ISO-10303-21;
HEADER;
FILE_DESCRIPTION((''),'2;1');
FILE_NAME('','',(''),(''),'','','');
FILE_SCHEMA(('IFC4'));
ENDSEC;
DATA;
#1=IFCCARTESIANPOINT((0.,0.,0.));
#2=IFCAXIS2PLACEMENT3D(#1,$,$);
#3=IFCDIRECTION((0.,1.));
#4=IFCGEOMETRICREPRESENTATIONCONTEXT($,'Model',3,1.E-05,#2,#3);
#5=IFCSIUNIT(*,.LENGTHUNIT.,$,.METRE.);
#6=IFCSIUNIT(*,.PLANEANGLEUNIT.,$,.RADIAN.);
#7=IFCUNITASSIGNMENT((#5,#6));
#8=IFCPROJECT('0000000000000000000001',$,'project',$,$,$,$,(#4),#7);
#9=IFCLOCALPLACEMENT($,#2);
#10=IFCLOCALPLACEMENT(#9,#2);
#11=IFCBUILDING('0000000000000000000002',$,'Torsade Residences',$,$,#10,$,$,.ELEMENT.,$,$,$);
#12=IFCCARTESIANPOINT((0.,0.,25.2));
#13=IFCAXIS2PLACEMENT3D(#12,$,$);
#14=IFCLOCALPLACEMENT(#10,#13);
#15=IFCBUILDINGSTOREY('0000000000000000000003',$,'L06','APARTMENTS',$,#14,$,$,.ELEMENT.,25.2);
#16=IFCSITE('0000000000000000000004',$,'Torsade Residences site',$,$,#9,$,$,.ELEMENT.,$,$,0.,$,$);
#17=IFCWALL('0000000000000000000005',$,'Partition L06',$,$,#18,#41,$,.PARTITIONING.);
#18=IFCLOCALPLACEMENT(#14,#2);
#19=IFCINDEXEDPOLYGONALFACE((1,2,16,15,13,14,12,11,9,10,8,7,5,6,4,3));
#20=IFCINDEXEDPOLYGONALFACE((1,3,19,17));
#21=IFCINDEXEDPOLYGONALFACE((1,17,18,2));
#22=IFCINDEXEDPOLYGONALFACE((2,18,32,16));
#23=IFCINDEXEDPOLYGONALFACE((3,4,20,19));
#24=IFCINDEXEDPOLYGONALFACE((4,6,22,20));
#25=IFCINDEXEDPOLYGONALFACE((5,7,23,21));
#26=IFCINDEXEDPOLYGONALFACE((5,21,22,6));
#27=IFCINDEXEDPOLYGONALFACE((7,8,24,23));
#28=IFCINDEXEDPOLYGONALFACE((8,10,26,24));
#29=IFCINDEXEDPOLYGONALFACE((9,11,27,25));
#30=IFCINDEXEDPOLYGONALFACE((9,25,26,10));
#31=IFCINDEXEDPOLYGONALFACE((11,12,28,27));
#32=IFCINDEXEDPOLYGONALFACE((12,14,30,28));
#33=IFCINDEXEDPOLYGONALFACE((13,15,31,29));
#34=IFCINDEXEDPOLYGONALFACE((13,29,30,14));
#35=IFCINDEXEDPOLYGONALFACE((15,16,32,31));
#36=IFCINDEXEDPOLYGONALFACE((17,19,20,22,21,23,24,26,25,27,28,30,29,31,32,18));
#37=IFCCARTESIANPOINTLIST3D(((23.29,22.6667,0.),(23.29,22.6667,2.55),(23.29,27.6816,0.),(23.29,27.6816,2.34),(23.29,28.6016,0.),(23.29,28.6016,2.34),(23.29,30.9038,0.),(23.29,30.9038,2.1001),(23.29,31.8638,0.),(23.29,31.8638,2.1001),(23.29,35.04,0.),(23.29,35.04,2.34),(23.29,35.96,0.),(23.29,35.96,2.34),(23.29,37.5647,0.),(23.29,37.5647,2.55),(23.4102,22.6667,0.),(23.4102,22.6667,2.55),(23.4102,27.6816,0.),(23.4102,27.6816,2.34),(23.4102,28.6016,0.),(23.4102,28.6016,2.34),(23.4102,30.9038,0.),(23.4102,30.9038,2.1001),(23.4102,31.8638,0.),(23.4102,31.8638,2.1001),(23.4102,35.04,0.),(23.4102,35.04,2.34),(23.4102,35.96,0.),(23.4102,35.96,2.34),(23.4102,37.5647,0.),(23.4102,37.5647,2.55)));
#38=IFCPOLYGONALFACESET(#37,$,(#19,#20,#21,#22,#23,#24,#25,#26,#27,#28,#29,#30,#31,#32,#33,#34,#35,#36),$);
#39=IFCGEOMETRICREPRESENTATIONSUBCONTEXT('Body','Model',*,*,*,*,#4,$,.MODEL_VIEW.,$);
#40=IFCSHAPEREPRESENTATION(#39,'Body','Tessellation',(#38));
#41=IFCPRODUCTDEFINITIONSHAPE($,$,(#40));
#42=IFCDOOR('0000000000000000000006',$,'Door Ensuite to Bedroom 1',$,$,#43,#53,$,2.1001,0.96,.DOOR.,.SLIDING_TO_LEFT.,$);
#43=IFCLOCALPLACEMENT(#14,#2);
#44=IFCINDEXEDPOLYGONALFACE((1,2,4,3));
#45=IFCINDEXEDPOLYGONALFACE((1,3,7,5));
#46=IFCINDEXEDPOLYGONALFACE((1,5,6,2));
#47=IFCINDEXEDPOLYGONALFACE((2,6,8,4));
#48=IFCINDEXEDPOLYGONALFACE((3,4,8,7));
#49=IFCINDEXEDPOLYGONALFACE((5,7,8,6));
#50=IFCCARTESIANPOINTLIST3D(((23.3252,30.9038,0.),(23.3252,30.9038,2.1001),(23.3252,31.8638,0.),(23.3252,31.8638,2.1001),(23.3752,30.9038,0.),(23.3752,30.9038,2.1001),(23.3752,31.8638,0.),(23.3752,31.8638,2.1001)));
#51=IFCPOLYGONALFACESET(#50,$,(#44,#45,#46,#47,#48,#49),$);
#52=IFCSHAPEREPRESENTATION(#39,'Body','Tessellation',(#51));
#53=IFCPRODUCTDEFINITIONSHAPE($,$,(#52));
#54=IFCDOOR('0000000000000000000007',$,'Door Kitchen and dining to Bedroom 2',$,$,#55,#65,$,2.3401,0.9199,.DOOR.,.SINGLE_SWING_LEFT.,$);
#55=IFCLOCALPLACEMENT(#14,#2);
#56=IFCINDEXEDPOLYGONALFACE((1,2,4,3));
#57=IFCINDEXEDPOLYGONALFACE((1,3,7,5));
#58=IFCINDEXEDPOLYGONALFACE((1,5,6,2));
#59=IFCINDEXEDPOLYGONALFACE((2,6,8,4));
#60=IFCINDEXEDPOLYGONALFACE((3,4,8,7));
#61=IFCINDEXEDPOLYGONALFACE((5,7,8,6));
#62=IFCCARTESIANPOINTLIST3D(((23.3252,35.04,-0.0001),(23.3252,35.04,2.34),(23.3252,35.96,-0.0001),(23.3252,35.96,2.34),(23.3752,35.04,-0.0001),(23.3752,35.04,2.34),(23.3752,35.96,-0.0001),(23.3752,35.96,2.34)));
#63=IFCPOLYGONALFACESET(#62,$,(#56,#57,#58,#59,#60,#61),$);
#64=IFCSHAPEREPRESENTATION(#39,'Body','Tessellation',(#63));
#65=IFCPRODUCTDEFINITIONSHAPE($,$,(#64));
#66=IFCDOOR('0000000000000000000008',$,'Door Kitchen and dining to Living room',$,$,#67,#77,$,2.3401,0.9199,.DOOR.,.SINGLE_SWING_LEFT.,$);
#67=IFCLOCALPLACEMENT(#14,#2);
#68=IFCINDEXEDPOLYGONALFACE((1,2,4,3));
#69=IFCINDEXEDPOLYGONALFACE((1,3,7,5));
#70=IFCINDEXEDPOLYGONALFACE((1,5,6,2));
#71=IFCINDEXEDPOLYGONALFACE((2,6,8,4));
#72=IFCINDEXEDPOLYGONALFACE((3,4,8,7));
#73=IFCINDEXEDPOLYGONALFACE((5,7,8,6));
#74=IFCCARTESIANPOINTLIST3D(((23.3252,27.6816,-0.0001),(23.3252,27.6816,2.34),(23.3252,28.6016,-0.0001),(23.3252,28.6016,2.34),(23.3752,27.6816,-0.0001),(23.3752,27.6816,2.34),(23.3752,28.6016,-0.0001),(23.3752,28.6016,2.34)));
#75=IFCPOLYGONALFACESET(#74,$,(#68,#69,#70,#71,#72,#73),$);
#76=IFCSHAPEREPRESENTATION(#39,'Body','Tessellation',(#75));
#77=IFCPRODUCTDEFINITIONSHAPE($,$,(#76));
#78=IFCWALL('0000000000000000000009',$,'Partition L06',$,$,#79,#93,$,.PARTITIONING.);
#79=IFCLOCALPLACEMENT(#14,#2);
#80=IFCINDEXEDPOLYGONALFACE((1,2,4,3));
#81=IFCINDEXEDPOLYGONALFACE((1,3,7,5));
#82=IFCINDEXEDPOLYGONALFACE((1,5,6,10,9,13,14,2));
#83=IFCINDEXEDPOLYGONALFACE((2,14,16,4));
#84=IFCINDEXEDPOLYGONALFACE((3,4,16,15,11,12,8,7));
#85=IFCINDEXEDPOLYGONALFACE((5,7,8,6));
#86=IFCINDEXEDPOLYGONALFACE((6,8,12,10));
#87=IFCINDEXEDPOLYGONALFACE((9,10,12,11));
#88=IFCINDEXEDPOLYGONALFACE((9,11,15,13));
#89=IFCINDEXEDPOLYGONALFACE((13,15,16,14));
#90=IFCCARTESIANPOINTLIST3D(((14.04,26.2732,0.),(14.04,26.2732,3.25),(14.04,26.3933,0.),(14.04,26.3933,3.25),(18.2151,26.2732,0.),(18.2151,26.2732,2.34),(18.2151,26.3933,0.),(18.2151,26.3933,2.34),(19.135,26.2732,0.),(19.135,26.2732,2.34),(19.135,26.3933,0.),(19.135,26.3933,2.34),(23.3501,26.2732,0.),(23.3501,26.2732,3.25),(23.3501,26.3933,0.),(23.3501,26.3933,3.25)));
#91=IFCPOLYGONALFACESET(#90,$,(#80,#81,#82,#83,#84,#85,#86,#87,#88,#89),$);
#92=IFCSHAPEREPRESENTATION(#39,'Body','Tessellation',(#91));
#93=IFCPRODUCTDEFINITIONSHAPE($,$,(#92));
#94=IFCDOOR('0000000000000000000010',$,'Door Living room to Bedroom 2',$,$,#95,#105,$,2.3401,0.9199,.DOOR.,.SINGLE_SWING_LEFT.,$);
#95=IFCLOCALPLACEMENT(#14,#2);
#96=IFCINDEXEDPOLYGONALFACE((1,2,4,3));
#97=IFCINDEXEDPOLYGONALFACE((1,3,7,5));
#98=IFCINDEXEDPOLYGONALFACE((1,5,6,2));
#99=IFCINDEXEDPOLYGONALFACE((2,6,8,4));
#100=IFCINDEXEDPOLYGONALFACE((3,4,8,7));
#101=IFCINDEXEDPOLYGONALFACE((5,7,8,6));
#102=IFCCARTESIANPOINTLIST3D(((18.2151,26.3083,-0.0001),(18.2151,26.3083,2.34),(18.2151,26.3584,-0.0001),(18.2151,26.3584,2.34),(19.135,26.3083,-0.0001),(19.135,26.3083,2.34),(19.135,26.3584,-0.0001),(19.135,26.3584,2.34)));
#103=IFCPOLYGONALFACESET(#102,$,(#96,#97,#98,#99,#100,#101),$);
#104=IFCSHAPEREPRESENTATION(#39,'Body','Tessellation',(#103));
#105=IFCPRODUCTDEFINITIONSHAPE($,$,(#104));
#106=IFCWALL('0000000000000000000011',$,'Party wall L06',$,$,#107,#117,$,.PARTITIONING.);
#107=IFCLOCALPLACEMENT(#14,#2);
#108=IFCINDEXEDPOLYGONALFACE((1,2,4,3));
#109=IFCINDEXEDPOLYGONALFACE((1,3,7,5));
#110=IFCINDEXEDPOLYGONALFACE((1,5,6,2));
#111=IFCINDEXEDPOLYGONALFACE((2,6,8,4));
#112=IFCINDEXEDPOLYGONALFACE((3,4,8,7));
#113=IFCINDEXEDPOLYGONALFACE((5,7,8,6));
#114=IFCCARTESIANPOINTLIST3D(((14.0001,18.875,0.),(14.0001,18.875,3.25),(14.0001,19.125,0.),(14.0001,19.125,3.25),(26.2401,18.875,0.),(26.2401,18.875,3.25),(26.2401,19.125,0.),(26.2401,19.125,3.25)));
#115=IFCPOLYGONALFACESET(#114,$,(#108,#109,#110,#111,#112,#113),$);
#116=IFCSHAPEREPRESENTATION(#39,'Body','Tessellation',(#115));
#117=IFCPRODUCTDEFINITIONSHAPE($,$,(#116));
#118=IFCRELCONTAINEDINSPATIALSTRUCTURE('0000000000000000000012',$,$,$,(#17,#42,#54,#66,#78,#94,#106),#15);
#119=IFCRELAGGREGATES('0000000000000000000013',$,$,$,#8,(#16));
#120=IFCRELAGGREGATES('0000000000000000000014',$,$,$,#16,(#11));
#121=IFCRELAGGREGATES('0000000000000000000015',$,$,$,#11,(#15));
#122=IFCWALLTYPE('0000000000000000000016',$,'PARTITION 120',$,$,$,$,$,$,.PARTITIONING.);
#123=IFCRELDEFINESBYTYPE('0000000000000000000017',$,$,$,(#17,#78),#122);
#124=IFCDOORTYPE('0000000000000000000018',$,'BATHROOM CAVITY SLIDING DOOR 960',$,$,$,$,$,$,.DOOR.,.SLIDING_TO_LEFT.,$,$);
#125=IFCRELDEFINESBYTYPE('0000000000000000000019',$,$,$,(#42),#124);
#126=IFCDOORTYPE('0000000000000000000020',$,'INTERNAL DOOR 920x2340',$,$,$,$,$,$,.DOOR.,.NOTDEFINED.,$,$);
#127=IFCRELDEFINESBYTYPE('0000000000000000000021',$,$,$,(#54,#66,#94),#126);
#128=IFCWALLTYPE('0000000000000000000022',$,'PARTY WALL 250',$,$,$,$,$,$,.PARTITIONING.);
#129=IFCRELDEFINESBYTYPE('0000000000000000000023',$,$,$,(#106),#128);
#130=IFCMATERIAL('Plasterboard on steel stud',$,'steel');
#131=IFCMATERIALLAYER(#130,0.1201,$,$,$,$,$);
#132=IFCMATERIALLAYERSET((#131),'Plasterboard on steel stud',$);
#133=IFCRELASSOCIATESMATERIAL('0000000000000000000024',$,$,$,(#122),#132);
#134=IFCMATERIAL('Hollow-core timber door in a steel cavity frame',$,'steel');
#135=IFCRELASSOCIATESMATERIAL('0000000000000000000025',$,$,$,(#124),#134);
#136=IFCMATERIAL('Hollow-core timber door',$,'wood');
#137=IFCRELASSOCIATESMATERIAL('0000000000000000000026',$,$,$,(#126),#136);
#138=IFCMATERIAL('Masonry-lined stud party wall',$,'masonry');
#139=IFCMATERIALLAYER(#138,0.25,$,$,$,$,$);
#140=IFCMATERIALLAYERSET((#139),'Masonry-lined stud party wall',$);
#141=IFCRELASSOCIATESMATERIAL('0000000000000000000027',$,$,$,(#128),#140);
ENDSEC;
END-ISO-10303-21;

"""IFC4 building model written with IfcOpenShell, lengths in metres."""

from ifc_helpers import new_model, si_unit, direction, frame, frame_2d, origin, place, context, subcontext, project, spatial, rectangle, extrude, material, layer, layer_set, type_object, element, fill, save


model = new_model("IFC4")

# Units and contexts
model_context = context("Model", 3, precision=1e-05, world=origin(), true_north=direction((0.0, 1.0)))
body_context = subcontext(model_context, "Body", "Model", "MODEL_VIEW")
ifc_project = project(units=[si_unit("LENGTHUNIT", "METRE"), si_unit("PLANEANGLEUNIT", "RADIAN")], contexts=[model_context])

# Site, building, storey
site_placement = place(None, origin())
site = spatial("IfcSite", under=ifc_project, at=site_placement, Name="Torsade Residences site", CompositionType="ELEMENT", RefElevation=0.0)
building_placement = place(site_placement, origin())
building = spatial("IfcBuilding", under=site, at=building_placement, Name="Torsade Residences", CompositionType="ELEMENT")
storey_placement = place(building_placement, frame((0.0, 0.0, 25.2)))
storey = spatial("IfcBuildingStorey", under=building, at=storey_placement, Name="L06", Description="APARTMENTS", CompositionType="ELEMENT", Elevation=25.2)

# Wall, openings, doors
ifc_material_1 = material(Name="Plasterboard on steel stud", Category="steel")
ifc_layer_1 = layer(ifc_material_1, 0.1201)
ifc_layer_set_1 = layer_set([ifc_layer_1], Name="Plasterboard on steel stud")
wall_type_1 = type_object("IfcWallType", Name="PARTITION 120", PredefinedType="PARTITIONING", material=ifc_layer_set_1)
wall_1_placement = place(storey_placement, frame((23.3501, 22.6667, 0.0), z_axis=(0.0, 0.0, 1.0), x_axis=(0.0, 1.0, 0.0)))
wall_1 = element("IfcWall", 1, at=wall_1_placement, inside=storey, type_object=wall_type_1, Name="Partition L06", PredefinedType="PARTITIONING", context=body_context, shape_type="SweptSolid", body=[
    extrude(rectangle(XDim=14.8979, YDim=0.1201, at=frame_2d((7.449, 0.0))), origin(), (0.0, 0.0, 1.0), 2.55),
])
opening_1_placement = place(wall_1_placement, frame((12.3733, 0.0, 0.0)))
opening_1 = element("IfcOpeningElement", 2, at=opening_1_placement, cuts=wall_1, PredefinedType="OPENING", context=body_context, shape_type="SweptSolid", body=[
    extrude(rectangle(XDim=0.9199, YDim=2.3401, at=frame_2d((0.46, 1.1699))), frame((0.0, 0.0701, 0.0), z_axis=(0.0, -1.0, 0.0), x_axis=(1.0, 0.0, 0.0)), (0.0, 0.0, 1.0), 0.1401),
])
opening_2_placement = place(wall_1_placement, frame((5.0149, 0.0, 0.0)))
opening_2 = element("IfcOpeningElement", 3, at=opening_2_placement, cuts=wall_1, PredefinedType="OPENING", context=body_context, shape_type="SweptSolid", body=[
    extrude(rectangle(XDim=0.9199, YDim=2.3401, at=frame_2d((0.46, 1.1699))), frame((0.0, 0.0701, 0.0), z_axis=(0.0, -1.0, 0.0), x_axis=(1.0, 0.0, 0.0)), (0.0, 0.0, 1.0), 0.1401),
])
opening_3_placement = place(wall_1_placement, frame((8.2371, 0.0, 0.0)))
opening_3 = element("IfcOpeningElement", 4, at=opening_3_placement, cuts=wall_1, PredefinedType="OPENING", context=body_context, shape_type="SweptSolid", body=[
    extrude(rectangle(XDim=0.96, YDim=2.1001, at=frame_2d((0.48, 1.05))), frame((0.0, 0.0701, 0.0), z_axis=(0.0, -1.0, 0.0), x_axis=(1.0, 0.0, 0.0)), (0.0, 0.0, 1.0), 0.1401),
])
ifc_material_2 = material(Name="Hollow-core timber door in a steel cavity frame", Category="steel")
door_type_1 = type_object("IfcDoorType", Name="BATHROOM CAVITY SLIDING DOOR 960", OperationType="SLIDING_TO_LEFT", PredefinedType="DOOR", material=ifc_material_2)
door_1_placement = place(opening_3_placement, origin())
door_1 = element("IfcDoor", 5, at=door_1_placement, inside=storey, type_object=door_type_1, Name="Door Ensuite to Bedroom 1", OperationType="SLIDING_TO_LEFT", OverallHeight=2.1001, OverallWidth=0.96, PredefinedType="DOOR", context=body_context, shape_type="SweptSolid", body=[
    extrude(rectangle(XDim=0.96, YDim=2.1001, at=frame_2d((0.48, 1.05))), frame((0.0, 0.0249, 0.0), z_axis=(0.0, -1.0, 0.0), x_axis=(1.0, 0.0, 0.0)), (0.0, 0.0, 1.0), 0.05),
])
fill(opening_3, door_1)
ifc_material_3 = material(Name="Hollow-core timber door", Category="wood")
door_type_2 = type_object("IfcDoorType", Name="INTERNAL DOOR 920x2340", OperationType="NOTDEFINED", PredefinedType="DOOR", material=ifc_material_3)
door_2_placement = place(opening_1_placement, origin())
door_2 = element("IfcDoor", 6, at=door_2_placement, inside=storey, type_object=door_type_2, Name="Door Kitchen and dining to Bedroom 2", OperationType="SINGLE_SWING_LEFT", OverallHeight=2.3401, OverallWidth=0.9199, PredefinedType="DOOR", context=body_context, shape_type="SweptSolid", body=[
    extrude(rectangle(XDim=0.9199, YDim=2.3401, at=frame_2d((0.46, 1.1699))), frame((0.0, 0.0249, 0.0), z_axis=(0.0, -1.0, 0.0), x_axis=(1.0, 0.0, 0.0)), (0.0, 0.0, 1.0), 0.05),
])
fill(opening_1, door_2)
door_3_placement = place(opening_2_placement, origin())
door_3 = element("IfcDoor", 7, at=door_3_placement, inside=storey, type_object=door_type_2, Name="Door Kitchen and dining to Living room", OperationType="SINGLE_SWING_LEFT", OverallHeight=2.3401, OverallWidth=0.9199, PredefinedType="DOOR", context=body_context, shape_type="SweptSolid", body=[
    extrude(rectangle(XDim=0.9199, YDim=2.3401, at=frame_2d((0.46, 1.1699))), frame((0.0, 0.0249, 0.0), z_axis=(0.0, -1.0, 0.0), x_axis=(1.0, 0.0, 0.0)), (0.0, 0.0, 1.0), 0.05),
])
fill(opening_2, door_3)

# Wall, opening, door
wall_2_placement = place(storey_placement, frame((23.3501, 26.3333, 0.0), z_axis=(0.0, 0.0, 1.0), x_axis=(-1.0, 0.0, 0.0)))
wall_2 = element("IfcWall", 8, at=wall_2_placement, inside=storey, type_object=wall_type_1, Name="Partition L06", PredefinedType="PARTITIONING", context=body_context, shape_type="SweptSolid", body=[
    extrude(rectangle(XDim=9.3101, YDim=0.1201, at=frame_2d((4.655, 0.0))), origin(), (0.0, 0.0, 1.0), 3.25),
])
opening_4_placement = place(wall_2_placement, frame((4.2151, 0.0, 0.0)))
opening_4 = element("IfcOpeningElement", 9, at=opening_4_placement, cuts=wall_2, PredefinedType="OPENING", context=body_context, shape_type="SweptSolid", body=[
    extrude(rectangle(XDim=0.9199, YDim=2.3401, at=frame_2d((0.46, 1.1699))), frame((0.0, 0.0701, 0.0), z_axis=(0.0, -1.0, 0.0), x_axis=(1.0, 0.0, 0.0)), (0.0, 0.0, 1.0), 0.1401),
])
door_4_placement = place(opening_4_placement, origin())
door_4 = element("IfcDoor", 10, at=door_4_placement, inside=storey, type_object=door_type_2, Name="Door Living room to Bedroom 2", OperationType="SINGLE_SWING_LEFT", OverallHeight=2.3401, OverallWidth=0.9199, PredefinedType="DOOR", context=body_context, shape_type="SweptSolid", body=[
    extrude(rectangle(XDim=0.9199, YDim=2.3401, at=frame_2d((0.46, 1.1699))), frame((0.0, 0.0249, 0.0), z_axis=(0.0, -1.0, 0.0), x_axis=(1.0, 0.0, 0.0)), (0.0, 0.0, 1.0), 0.05),
])
fill(opening_4, door_4)

# Wall
ifc_material_4 = material(Name="Masonry-lined stud party wall", Category="masonry")
ifc_layer_2 = layer(ifc_material_4, 0.25)
ifc_layer_set_2 = layer_set([ifc_layer_2], Name="Masonry-lined stud party wall")
wall_type_2 = type_object("IfcWallType", Name="PARTY WALL 250", PredefinedType="PARTITIONING", material=ifc_layer_set_2)
wall_3_placement = place(storey_placement, frame((14.0, 19.0, 0.0), z_axis=(0.0, 0.0, 1.0), x_axis=(1.0, 0.0, 0.0)))
element("IfcWall", 11, at=wall_3_placement, inside=storey, type_object=wall_type_2, Name="Party wall L06", PredefinedType="PARTITIONING", context=body_context, shape_type="SweptSolid", body=[
    extrude(rectangle(XDim=12.24, YDim=0.25, at=frame_2d((6.1201, 0.0))), origin(), (0.0, 0.0, 1.0), 3.25),
])

save(model, "model.ifc")
